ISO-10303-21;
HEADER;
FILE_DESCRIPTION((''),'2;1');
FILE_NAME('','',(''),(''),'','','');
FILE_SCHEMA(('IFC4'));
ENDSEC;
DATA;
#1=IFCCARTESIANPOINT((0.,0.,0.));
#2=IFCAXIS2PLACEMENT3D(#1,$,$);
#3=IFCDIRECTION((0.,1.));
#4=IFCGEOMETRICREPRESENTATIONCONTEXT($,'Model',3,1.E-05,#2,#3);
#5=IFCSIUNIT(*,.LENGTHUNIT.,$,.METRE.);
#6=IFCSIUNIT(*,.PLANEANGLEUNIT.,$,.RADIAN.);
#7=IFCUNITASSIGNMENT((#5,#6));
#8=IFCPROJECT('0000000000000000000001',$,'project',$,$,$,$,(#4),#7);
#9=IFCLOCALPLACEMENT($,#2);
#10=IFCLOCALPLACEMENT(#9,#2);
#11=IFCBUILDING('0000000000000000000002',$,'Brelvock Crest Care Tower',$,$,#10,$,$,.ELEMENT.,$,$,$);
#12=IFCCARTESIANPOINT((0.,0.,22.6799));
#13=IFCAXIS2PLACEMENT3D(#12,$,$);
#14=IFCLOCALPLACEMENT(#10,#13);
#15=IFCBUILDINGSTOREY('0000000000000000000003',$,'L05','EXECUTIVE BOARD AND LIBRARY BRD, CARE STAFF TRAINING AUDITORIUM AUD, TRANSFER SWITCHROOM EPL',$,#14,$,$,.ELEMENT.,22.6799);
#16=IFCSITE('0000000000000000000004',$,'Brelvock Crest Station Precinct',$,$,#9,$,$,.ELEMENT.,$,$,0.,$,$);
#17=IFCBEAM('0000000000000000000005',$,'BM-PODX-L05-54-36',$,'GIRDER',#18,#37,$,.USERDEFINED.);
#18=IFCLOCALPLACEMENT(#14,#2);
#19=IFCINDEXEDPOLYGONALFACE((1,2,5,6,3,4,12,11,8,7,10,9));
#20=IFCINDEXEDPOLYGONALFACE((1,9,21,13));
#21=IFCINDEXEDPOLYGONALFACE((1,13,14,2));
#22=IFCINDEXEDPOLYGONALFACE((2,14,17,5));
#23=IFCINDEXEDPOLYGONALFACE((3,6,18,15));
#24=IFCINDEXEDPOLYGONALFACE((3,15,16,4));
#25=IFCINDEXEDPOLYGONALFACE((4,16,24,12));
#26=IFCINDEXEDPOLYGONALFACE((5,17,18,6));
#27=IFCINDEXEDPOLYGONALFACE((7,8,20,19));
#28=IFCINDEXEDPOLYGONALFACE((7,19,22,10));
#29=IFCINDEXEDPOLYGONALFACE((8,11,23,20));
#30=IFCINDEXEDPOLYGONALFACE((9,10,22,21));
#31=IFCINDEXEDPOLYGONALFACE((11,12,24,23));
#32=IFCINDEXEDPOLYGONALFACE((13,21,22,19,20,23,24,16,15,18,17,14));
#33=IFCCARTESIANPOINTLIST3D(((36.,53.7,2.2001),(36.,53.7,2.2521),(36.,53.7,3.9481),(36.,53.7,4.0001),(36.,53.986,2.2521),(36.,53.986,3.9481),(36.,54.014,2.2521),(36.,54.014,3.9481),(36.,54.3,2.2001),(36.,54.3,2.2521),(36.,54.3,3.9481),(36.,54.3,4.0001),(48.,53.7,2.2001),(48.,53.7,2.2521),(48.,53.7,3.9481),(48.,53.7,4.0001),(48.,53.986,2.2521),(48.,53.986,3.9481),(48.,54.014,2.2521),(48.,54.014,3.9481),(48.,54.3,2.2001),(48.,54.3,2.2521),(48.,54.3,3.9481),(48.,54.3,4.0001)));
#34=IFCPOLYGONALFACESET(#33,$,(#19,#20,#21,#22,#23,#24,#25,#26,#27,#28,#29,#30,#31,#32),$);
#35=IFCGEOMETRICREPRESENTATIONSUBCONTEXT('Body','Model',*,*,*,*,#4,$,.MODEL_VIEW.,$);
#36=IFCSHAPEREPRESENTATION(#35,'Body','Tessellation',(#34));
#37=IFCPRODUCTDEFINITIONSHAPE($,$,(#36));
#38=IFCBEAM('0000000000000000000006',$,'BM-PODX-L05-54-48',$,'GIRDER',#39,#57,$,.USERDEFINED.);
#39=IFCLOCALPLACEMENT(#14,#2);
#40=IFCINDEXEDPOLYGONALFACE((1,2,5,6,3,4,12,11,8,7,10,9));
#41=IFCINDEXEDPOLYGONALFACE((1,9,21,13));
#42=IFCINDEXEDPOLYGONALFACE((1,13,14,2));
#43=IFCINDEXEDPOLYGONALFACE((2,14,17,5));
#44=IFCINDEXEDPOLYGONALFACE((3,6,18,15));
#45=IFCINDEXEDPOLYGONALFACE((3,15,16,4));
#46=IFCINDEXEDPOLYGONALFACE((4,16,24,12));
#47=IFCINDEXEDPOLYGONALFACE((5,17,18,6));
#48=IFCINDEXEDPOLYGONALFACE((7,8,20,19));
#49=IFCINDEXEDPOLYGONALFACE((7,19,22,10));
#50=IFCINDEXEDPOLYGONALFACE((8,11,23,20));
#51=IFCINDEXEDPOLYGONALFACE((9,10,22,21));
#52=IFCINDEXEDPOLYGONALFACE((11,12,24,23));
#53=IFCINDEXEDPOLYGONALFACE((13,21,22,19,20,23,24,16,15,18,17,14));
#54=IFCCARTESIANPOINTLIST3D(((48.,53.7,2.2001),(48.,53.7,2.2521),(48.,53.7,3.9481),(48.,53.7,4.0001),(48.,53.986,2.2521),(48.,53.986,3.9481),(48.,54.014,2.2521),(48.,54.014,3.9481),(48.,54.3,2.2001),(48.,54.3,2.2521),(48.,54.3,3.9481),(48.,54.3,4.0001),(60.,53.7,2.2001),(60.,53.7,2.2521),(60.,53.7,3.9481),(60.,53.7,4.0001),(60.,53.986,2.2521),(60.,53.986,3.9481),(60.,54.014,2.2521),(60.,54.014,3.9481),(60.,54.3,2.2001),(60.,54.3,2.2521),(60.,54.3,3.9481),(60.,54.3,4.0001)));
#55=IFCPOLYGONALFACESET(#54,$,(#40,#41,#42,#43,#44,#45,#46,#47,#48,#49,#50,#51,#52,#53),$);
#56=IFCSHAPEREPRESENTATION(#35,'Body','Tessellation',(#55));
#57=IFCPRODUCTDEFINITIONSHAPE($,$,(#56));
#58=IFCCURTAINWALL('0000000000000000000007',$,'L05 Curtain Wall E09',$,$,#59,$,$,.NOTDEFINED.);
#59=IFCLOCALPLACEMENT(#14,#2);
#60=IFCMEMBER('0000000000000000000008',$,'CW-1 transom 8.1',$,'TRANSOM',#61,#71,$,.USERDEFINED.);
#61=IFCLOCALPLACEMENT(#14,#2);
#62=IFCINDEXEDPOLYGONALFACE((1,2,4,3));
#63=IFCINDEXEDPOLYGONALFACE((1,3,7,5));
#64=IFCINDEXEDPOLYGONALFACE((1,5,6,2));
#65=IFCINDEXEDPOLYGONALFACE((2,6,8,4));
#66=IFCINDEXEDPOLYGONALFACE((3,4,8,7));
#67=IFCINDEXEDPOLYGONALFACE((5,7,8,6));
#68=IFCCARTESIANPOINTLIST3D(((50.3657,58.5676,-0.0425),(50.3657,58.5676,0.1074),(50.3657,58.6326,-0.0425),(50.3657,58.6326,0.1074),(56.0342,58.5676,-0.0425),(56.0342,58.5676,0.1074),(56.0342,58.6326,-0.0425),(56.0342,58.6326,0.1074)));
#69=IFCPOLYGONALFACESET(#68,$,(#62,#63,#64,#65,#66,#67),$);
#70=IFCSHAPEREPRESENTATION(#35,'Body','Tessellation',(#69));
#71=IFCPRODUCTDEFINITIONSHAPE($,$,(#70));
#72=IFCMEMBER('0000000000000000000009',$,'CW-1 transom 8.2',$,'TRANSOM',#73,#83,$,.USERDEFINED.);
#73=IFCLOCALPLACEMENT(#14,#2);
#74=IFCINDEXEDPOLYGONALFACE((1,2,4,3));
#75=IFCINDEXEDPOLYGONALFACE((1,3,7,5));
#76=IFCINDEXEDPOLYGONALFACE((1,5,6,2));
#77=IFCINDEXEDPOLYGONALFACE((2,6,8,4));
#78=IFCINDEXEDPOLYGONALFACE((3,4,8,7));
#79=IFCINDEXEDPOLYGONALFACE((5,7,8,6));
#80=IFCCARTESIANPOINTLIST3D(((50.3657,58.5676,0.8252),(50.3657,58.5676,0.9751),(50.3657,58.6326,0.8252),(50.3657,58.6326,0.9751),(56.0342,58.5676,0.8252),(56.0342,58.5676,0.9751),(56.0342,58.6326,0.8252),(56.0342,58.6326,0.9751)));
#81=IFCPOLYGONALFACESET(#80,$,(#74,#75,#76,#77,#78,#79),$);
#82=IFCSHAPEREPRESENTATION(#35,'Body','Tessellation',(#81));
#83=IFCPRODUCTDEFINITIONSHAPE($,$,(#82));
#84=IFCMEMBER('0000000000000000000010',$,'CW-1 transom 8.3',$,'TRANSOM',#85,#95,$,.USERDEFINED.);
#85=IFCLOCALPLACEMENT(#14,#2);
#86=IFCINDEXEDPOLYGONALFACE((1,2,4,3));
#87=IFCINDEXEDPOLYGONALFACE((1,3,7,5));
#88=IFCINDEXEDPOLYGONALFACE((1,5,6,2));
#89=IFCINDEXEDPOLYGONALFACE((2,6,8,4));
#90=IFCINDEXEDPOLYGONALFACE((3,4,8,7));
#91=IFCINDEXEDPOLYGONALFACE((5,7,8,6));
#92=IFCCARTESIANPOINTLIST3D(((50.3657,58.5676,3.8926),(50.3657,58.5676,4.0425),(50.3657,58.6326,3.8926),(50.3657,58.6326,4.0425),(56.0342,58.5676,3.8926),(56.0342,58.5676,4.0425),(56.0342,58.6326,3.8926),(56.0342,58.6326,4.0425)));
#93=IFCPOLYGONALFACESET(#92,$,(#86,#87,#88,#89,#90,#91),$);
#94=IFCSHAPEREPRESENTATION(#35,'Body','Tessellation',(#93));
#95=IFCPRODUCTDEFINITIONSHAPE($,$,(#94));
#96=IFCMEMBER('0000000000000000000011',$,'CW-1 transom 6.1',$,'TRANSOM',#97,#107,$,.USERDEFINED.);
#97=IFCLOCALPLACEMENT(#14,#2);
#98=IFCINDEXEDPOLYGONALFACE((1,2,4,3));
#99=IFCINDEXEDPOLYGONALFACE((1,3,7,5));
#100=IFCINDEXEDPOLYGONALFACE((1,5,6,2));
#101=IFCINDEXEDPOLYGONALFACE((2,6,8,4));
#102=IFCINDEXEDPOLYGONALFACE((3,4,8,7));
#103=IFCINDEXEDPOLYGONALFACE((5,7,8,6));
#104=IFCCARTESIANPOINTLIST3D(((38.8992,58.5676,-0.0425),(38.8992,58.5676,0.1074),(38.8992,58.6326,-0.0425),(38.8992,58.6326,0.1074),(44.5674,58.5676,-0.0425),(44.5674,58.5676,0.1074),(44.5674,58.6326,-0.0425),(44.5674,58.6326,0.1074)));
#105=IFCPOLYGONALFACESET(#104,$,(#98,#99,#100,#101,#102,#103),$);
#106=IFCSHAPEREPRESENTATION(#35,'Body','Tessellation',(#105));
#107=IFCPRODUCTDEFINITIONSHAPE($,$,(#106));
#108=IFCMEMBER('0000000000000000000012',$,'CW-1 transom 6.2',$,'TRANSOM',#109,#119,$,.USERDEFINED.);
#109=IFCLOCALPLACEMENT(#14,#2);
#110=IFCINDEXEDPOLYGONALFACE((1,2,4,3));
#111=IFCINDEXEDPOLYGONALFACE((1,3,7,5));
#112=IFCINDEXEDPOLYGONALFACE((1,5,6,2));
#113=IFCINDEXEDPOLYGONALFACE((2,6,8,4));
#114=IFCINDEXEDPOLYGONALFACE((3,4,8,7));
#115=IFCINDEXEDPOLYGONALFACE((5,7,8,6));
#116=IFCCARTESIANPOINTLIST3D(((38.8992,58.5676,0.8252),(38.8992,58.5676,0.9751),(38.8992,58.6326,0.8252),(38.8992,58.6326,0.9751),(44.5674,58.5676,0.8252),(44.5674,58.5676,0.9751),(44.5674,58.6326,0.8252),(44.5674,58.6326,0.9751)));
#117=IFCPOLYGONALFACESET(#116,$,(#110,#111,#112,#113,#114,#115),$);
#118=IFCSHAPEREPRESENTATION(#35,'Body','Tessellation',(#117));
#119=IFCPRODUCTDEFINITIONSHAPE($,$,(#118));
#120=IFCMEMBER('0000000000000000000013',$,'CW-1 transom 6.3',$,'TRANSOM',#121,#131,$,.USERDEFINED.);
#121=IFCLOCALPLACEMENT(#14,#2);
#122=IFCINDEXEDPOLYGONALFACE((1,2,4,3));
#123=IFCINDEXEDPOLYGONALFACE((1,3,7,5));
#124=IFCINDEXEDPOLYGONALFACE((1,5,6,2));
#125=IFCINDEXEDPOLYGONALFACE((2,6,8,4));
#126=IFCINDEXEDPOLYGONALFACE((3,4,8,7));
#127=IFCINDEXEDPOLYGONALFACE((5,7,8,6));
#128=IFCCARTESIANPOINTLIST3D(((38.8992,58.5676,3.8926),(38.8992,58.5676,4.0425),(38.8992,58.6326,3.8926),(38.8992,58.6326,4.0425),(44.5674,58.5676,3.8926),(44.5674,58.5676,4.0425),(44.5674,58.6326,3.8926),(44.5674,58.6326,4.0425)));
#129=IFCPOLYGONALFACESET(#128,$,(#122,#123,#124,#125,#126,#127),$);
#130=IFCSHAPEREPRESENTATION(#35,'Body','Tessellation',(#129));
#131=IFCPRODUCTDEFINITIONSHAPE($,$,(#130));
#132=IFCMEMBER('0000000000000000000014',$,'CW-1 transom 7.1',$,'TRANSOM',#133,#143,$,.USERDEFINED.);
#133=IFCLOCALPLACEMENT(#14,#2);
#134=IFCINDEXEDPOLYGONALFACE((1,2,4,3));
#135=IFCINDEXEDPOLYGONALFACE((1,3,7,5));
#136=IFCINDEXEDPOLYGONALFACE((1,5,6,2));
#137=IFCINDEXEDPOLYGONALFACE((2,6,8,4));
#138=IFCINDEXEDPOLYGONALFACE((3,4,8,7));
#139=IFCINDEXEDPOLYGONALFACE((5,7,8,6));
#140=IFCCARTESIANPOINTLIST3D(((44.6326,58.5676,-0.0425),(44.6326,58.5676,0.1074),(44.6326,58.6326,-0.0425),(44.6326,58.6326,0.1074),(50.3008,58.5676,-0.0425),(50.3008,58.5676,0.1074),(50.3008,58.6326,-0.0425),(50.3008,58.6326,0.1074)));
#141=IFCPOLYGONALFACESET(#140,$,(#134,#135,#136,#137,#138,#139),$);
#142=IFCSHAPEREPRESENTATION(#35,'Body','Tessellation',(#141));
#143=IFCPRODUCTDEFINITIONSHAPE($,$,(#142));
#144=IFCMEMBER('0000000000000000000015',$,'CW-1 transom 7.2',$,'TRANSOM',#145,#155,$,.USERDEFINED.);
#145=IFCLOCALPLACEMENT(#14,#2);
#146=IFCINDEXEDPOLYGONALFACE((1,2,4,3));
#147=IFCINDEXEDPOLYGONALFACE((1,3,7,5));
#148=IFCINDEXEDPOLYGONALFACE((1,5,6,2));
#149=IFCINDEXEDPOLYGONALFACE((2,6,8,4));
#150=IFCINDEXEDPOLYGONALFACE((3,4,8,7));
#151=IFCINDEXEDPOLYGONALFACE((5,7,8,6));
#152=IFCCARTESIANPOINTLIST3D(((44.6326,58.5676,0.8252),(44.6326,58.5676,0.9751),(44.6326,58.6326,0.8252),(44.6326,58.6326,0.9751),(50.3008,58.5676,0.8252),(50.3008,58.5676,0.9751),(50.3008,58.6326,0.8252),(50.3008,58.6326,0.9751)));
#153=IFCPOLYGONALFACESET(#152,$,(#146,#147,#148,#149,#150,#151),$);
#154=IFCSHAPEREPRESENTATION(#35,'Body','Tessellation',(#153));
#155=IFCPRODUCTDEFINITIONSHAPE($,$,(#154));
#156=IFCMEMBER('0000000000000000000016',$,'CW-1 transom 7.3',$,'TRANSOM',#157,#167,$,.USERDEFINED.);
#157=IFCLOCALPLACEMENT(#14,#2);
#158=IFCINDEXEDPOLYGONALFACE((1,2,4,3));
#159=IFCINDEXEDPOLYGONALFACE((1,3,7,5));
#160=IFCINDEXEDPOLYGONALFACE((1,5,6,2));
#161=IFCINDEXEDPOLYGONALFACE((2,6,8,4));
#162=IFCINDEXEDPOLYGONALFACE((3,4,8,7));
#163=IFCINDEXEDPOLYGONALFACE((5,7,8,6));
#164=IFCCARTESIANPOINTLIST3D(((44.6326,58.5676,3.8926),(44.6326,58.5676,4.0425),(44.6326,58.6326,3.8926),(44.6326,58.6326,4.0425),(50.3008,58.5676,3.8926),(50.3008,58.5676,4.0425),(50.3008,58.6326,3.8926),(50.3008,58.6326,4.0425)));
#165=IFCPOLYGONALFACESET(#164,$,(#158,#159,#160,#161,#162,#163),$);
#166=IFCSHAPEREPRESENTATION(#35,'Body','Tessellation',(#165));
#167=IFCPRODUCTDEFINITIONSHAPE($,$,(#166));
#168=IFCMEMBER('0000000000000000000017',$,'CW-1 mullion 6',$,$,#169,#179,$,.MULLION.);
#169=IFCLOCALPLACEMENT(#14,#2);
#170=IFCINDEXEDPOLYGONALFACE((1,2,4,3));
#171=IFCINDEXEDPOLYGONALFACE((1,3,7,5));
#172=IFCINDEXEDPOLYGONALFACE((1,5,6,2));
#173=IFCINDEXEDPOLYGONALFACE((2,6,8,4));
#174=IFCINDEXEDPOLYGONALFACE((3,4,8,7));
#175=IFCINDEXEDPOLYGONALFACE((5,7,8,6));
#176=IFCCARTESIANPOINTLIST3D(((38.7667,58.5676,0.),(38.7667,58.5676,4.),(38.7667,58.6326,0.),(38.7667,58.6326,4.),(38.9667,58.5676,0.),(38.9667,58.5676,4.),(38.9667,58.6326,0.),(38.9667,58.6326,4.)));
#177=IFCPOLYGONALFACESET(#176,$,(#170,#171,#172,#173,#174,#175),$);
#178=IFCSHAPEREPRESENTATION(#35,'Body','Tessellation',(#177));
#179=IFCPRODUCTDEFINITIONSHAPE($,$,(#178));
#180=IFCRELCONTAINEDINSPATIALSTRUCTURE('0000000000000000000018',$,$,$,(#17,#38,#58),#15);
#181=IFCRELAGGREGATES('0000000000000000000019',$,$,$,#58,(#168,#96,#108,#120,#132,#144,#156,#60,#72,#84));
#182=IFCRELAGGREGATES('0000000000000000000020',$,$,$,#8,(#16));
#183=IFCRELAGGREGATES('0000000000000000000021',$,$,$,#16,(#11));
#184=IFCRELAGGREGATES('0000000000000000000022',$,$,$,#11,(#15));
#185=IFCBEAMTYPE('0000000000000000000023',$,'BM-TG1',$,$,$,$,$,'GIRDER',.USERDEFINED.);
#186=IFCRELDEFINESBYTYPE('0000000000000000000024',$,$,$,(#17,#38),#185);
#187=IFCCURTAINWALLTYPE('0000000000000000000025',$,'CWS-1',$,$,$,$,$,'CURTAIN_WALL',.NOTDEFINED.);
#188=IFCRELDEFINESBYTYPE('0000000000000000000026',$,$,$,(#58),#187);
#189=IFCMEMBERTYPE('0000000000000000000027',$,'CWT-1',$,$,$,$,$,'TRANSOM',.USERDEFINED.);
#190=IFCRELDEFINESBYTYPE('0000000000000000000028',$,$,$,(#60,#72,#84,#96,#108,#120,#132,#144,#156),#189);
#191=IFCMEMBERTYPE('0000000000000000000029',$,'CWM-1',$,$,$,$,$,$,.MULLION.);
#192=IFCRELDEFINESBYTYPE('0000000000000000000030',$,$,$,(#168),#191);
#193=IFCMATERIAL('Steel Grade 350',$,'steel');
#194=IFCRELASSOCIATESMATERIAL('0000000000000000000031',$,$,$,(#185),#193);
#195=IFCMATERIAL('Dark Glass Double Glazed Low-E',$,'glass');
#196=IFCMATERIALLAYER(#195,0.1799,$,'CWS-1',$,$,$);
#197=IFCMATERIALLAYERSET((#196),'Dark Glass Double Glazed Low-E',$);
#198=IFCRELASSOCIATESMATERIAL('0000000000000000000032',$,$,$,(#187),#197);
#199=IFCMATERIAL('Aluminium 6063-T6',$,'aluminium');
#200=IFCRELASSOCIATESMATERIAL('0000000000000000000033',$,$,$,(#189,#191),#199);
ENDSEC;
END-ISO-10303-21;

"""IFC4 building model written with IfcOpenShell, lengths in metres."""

from ifc_helpers import new_model, si_unit, direction, frame, origin, origin_2d, place, context, subcontext, project, spatial, rectangle, i_section, extrude, source, transform, mapped, material, layer, layer_set, material_profile, profile_set, type_object, element, aggregate, save


model = new_model("IFC4")

# Units and contexts
model_context = context("Model", 3, precision=1e-05, world=origin(), true_north=direction((0.0, 1.0)))
body_context = subcontext(model_context, "Body", "Model", "MODEL_VIEW")
ifc_project = project(units=[si_unit("LENGTHUNIT", "METRE"), si_unit("PLANEANGLEUNIT", "RADIAN")], contexts=[model_context])

# Site, building, storey
site_placement = place(None, origin())
site = spatial("IfcSite", under=ifc_project, at=site_placement, Name="Brelvock Crest Station Precinct", CompositionType="ELEMENT", RefElevation=0.0)
building_placement = place(site_placement, origin())
building = spatial("IfcBuilding", under=site, at=building_placement, Name="Brelvock Crest Care Tower", CompositionType="ELEMENT")
storey_placement = place(building_placement, frame((0.0, 0.0, 22.6799)))
storey = spatial("IfcBuildingStorey", under=building, at=storey_placement, Name="L05", Description="EXECUTIVE BOARD AND LIBRARY BRD, CARE STAFF TRAINING AUDITORIUM AUD, TRANSFER SWITCHROOM EPL", CompositionType="ELEMENT", Elevation=22.6799)

# Shared definitions
ifc_material_1 = material(Name="Steel Grade 350", Category="steel")

# Beams
ifc_material_profile_1 = material_profile(ifc_material_1, i_section(OverallWidth=0.6001, OverallDepth=1.8, WebThickness=0.0281, FlangeThickness=0.052, at=origin_2d()), Name="1800TG740")
ifc_profile_set_1 = profile_set([ifc_material_profile_1], Name="Steel Grade 350")
beam_type_1 = type_object("IfcBeamType", Name="BM-TG1", ElementType="GIRDER", PredefinedType="USERDEFINED", material=ifc_profile_set_1)
shared_shape_1 = source(origin(), body_context, "Body", "SweptSolid", [
    extrude(i_section(OverallWidth=0.6001, OverallDepth=1.8, WebThickness=0.0281, FlangeThickness=0.052, at=origin_2d()), origin(), (0.0, 0.0, 1.0), 12.0),
])
for number, where, z_axis, x_axis, name in (
    (1, (36.0, 54.0, 3.1001), (1.0, 0.0, 0.0), (0.0, 1.0, 0.0), "BM-PODX-L05-54-36"),
    (2, (48.0, 54.0, 3.1001), (1.0, 0.0, 0.0), (0.0, 1.0, 0.0), "BM-PODX-L05-54-48"),
):
    element("IfcBeam", number, at=place(storey_placement, frame(where, z_axis=z_axis, x_axis=x_axis)), inside=storey, type_object=beam_type_1, Name=name, ObjectType="GIRDER", PredefinedType="USERDEFINED", context=body_context, shape_type="MappedRepresentation", body=[
        mapped(shared_shape_1, transform((0.0, 0.0, 0.0), x_axis=(1.0, 0.0, 0.0), y_axis=(0.0, 1.0, 0.0), z_axis=(0.0, 0.0, 1.0), scale=1.0)),
    ])

# Curtain wall, members
ifc_material_2 = material(Name="Dark Glass Double Glazed Low-E", Category="glass")
ifc_layer_1 = layer(ifc_material_2, 0.1799, Name="CWS-1")
ifc_layer_set_1 = layer_set([ifc_layer_1], Name="Dark Glass Double Glazed Low-E")
curtain_wall_type = type_object("IfcCurtainWallType", Name="CWS-1", ElementType="CURTAIN_WALL", PredefinedType="NOTDEFINED", material=ifc_layer_set_1)
curtain_wall_placement = place(storey_placement, origin())
curtain_wall = element("IfcCurtainWall", 3, at=curtain_wall_placement, inside=storey, type_object=curtain_wall_type, Name="L05 Curtain Wall E09", PredefinedType="NOTDEFINED")
ifc_material_3 = material(Name="Aluminium 6063-T6", Category="aluminium")
ifc_material_profile_2 = material_profile(ifc_material_3, rectangle(XDim=0.0649, YDim=0.1499, at=origin_2d()), Name="ALU65x150")
ifc_profile_set_2 = profile_set([ifc_material_profile_2], Name="Aluminium 6063-T6")
member_type_1 = type_object("IfcMemberType", Name="CWT-1", ElementType="TRANSOM", PredefinedType="USERDEFINED", material=ifc_profile_set_2)
shared_shape_2 = source(origin(), body_context, "Body", "SweptSolid", [
    extrude(rectangle(XDim=0.0649, YDim=0.1499, at=origin_2d()), origin(), (0.0, 0.0, 1.0), 5.6685),
])
member_1_placement = place(storey_placement, frame((50.3657, 58.6001, 0.0325), z_axis=(1.0, 0.0, 0.0), x_axis=(0.0, 1.0, 0.0)))
member_1 = element("IfcMember", 4, at=member_1_placement, type_object=member_type_1, Name="CW-1 transom 8.1", ObjectType="TRANSOM", PredefinedType="USERDEFINED", context=body_context, shape_type="MappedRepresentation", body=[
    mapped(shared_shape_2, transform((0.0, 0.0, 0.0), x_axis=(1.0, 0.0, 0.0), y_axis=(0.0, 1.0, 0.0), z_axis=(0.0, 0.0, 1.0), scale=1.0)),
])
member_2_placement = place(storey_placement, frame((50.3657, 58.6001, 0.9001), z_axis=(1.0, 0.0, 0.0), x_axis=(0.0, 1.0, 0.0)))
member_2 = element("IfcMember", 5, at=member_2_placement, type_object=member_type_1, Name="CW-1 transom 8.2", ObjectType="TRANSOM", PredefinedType="USERDEFINED", context=body_context, shape_type="MappedRepresentation", body=[
    mapped(shared_shape_2, transform((0.0, 0.0, 0.0), x_axis=(1.0, 0.0, 0.0), y_axis=(0.0, 1.0, 0.0), z_axis=(0.0, 0.0, 1.0), scale=1.0)),
])
member_3_placement = place(storey_placement, frame((50.3657, 58.6001, 3.9675), z_axis=(1.0, 0.0, 0.0), x_axis=(0.0, 1.0, 0.0)))
member_3 = element("IfcMember", 6, at=member_3_placement, type_object=member_type_1, Name="CW-1 transom 8.3", ObjectType="TRANSOM", PredefinedType="USERDEFINED", context=body_context, shape_type="MappedRepresentation", body=[
    mapped(shared_shape_2, transform((0.0, 0.0, 0.0), x_axis=(1.0, 0.0, 0.0), y_axis=(0.0, 1.0, 0.0), z_axis=(0.0, 0.0, 1.0), scale=1.0)),
])
shared_shape_3 = source(origin(), body_context, "Body", "SweptSolid", [
    extrude(rectangle(XDim=0.0649, YDim=0.1499, at=origin_2d()), origin(), (0.0, 0.0, 1.0), 5.6682),
])
member_4_placement = place(storey_placement, frame((38.8992, 58.6001, 0.0325), z_axis=(1.0, 0.0, 0.0), x_axis=(0.0, 1.0, 0.0)))
member_4 = element("IfcMember", 7, at=member_4_placement, type_object=member_type_1, Name="CW-1 transom 6.1", ObjectType="TRANSOM", PredefinedType="USERDEFINED", context=body_context, shape_type="MappedRepresentation", body=[
    mapped(shared_shape_3, transform((0.0, 0.0, 0.0), x_axis=(1.0, 0.0, 0.0), y_axis=(0.0, 1.0, 0.0), z_axis=(0.0, 0.0, 1.0), scale=1.0)),
])
member_5_placement = place(storey_placement, frame((38.8992, 58.6001, 0.9001), z_axis=(1.0, 0.0, 0.0), x_axis=(0.0, 1.0, 0.0)))
member_5 = element("IfcMember", 8, at=member_5_placement, type_object=member_type_1, Name="CW-1 transom 6.2", ObjectType="TRANSOM", PredefinedType="USERDEFINED", context=body_context, shape_type="MappedRepresentation", body=[
    mapped(shared_shape_3, transform((0.0, 0.0, 0.0), x_axis=(1.0, 0.0, 0.0), y_axis=(0.0, 1.0, 0.0), z_axis=(0.0, 0.0, 1.0), scale=1.0)),
])
member_6_placement = place(storey_placement, frame((38.8992, 58.6001, 3.9675), z_axis=(1.0, 0.0, 0.0), x_axis=(0.0, 1.0, 0.0)))
member_6 = element("IfcMember", 9, at=member_6_placement, type_object=member_type_1, Name="CW-1 transom 6.3", ObjectType="TRANSOM", PredefinedType="USERDEFINED", context=body_context, shape_type="MappedRepresentation", body=[
    mapped(shared_shape_3, transform((0.0, 0.0, 0.0), x_axis=(1.0, 0.0, 0.0), y_axis=(0.0, 1.0, 0.0), z_axis=(0.0, 0.0, 1.0), scale=1.0)),
])
member_7_placement = place(storey_placement, frame((44.6326, 58.6001, 0.0325), z_axis=(1.0, 0.0, 0.0), x_axis=(0.0, 1.0, 0.0)))
member_7 = element("IfcMember", 10, at=member_7_placement, type_object=member_type_1, Name="CW-1 transom 7.1", ObjectType="TRANSOM", PredefinedType="USERDEFINED", context=body_context, shape_type="MappedRepresentation", body=[
    mapped(shared_shape_3, transform((0.0, 0.0, 0.0), x_axis=(1.0, 0.0, 0.0), y_axis=(0.0, 1.0, 0.0), z_axis=(0.0, 0.0, 1.0), scale=1.0)),
])
member_8_placement = place(storey_placement, frame((44.6326, 58.6001, 0.9001), z_axis=(1.0, 0.0, 0.0), x_axis=(0.0, 1.0, 0.0)))
member_8 = element("IfcMember", 11, at=member_8_placement, type_object=member_type_1, Name="CW-1 transom 7.2", ObjectType="TRANSOM", PredefinedType="USERDEFINED", context=body_context, shape_type="MappedRepresentation", body=[
    mapped(shared_shape_3, transform((0.0, 0.0, 0.0), x_axis=(1.0, 0.0, 0.0), y_axis=(0.0, 1.0, 0.0), z_axis=(0.0, 0.0, 1.0), scale=1.0)),
])
member_9_placement = place(storey_placement, frame((44.6326, 58.6001, 3.9675), z_axis=(1.0, 0.0, 0.0), x_axis=(0.0, 1.0, 0.0)))
member_9 = element("IfcMember", 12, at=member_9_placement, type_object=member_type_1, Name="CW-1 transom 7.3", ObjectType="TRANSOM", PredefinedType="USERDEFINED", context=body_context, shape_type="MappedRepresentation", body=[
    mapped(shared_shape_3, transform((0.0, 0.0, 0.0), x_axis=(1.0, 0.0, 0.0), y_axis=(0.0, 1.0, 0.0), z_axis=(0.0, 0.0, 1.0), scale=1.0)),
])
ifc_material_profile_3 = material_profile(ifc_material_3, rectangle(XDim=0.0649, YDim=0.2, at=origin_2d()), Name="ALU65x200")
ifc_profile_set_3 = profile_set([ifc_material_profile_3], Name="Aluminium 6063-T6")
member_type_2 = type_object("IfcMemberType", Name="CWM-1", PredefinedType="MULLION", material=ifc_profile_set_3)
shared_shape_4 = source(origin(), body_context, "Body", "SweptSolid", [
    extrude(rectangle(XDim=0.0649, YDim=0.2, at=origin_2d()), origin(), (0.0, 0.0, 1.0), 4.0),
])
member_10_placement = place(storey_placement, frame((38.8667, 58.6001, 0.0), z_axis=(0.0, 0.0, 1.0), x_axis=(0.0, 1.0, 0.0)))
member_10 = element("IfcMember", 13, at=member_10_placement, type_object=member_type_2, Name="CW-1 mullion 6", PredefinedType="MULLION", context=body_context, shape_type="MappedRepresentation", body=[
    mapped(shared_shape_4, transform((0.0, 0.0, 0.0), x_axis=(1.0, 0.0, 0.0), y_axis=(0.0, 1.0, 0.0), z_axis=(0.0, 0.0, 1.0), scale=1.0)),
])

aggregate(curtain_wall, [member_10, member_4, member_5, member_6, member_7, member_8, member_9, member_1, member_2, member_3])

save(model, "model.ifc")
